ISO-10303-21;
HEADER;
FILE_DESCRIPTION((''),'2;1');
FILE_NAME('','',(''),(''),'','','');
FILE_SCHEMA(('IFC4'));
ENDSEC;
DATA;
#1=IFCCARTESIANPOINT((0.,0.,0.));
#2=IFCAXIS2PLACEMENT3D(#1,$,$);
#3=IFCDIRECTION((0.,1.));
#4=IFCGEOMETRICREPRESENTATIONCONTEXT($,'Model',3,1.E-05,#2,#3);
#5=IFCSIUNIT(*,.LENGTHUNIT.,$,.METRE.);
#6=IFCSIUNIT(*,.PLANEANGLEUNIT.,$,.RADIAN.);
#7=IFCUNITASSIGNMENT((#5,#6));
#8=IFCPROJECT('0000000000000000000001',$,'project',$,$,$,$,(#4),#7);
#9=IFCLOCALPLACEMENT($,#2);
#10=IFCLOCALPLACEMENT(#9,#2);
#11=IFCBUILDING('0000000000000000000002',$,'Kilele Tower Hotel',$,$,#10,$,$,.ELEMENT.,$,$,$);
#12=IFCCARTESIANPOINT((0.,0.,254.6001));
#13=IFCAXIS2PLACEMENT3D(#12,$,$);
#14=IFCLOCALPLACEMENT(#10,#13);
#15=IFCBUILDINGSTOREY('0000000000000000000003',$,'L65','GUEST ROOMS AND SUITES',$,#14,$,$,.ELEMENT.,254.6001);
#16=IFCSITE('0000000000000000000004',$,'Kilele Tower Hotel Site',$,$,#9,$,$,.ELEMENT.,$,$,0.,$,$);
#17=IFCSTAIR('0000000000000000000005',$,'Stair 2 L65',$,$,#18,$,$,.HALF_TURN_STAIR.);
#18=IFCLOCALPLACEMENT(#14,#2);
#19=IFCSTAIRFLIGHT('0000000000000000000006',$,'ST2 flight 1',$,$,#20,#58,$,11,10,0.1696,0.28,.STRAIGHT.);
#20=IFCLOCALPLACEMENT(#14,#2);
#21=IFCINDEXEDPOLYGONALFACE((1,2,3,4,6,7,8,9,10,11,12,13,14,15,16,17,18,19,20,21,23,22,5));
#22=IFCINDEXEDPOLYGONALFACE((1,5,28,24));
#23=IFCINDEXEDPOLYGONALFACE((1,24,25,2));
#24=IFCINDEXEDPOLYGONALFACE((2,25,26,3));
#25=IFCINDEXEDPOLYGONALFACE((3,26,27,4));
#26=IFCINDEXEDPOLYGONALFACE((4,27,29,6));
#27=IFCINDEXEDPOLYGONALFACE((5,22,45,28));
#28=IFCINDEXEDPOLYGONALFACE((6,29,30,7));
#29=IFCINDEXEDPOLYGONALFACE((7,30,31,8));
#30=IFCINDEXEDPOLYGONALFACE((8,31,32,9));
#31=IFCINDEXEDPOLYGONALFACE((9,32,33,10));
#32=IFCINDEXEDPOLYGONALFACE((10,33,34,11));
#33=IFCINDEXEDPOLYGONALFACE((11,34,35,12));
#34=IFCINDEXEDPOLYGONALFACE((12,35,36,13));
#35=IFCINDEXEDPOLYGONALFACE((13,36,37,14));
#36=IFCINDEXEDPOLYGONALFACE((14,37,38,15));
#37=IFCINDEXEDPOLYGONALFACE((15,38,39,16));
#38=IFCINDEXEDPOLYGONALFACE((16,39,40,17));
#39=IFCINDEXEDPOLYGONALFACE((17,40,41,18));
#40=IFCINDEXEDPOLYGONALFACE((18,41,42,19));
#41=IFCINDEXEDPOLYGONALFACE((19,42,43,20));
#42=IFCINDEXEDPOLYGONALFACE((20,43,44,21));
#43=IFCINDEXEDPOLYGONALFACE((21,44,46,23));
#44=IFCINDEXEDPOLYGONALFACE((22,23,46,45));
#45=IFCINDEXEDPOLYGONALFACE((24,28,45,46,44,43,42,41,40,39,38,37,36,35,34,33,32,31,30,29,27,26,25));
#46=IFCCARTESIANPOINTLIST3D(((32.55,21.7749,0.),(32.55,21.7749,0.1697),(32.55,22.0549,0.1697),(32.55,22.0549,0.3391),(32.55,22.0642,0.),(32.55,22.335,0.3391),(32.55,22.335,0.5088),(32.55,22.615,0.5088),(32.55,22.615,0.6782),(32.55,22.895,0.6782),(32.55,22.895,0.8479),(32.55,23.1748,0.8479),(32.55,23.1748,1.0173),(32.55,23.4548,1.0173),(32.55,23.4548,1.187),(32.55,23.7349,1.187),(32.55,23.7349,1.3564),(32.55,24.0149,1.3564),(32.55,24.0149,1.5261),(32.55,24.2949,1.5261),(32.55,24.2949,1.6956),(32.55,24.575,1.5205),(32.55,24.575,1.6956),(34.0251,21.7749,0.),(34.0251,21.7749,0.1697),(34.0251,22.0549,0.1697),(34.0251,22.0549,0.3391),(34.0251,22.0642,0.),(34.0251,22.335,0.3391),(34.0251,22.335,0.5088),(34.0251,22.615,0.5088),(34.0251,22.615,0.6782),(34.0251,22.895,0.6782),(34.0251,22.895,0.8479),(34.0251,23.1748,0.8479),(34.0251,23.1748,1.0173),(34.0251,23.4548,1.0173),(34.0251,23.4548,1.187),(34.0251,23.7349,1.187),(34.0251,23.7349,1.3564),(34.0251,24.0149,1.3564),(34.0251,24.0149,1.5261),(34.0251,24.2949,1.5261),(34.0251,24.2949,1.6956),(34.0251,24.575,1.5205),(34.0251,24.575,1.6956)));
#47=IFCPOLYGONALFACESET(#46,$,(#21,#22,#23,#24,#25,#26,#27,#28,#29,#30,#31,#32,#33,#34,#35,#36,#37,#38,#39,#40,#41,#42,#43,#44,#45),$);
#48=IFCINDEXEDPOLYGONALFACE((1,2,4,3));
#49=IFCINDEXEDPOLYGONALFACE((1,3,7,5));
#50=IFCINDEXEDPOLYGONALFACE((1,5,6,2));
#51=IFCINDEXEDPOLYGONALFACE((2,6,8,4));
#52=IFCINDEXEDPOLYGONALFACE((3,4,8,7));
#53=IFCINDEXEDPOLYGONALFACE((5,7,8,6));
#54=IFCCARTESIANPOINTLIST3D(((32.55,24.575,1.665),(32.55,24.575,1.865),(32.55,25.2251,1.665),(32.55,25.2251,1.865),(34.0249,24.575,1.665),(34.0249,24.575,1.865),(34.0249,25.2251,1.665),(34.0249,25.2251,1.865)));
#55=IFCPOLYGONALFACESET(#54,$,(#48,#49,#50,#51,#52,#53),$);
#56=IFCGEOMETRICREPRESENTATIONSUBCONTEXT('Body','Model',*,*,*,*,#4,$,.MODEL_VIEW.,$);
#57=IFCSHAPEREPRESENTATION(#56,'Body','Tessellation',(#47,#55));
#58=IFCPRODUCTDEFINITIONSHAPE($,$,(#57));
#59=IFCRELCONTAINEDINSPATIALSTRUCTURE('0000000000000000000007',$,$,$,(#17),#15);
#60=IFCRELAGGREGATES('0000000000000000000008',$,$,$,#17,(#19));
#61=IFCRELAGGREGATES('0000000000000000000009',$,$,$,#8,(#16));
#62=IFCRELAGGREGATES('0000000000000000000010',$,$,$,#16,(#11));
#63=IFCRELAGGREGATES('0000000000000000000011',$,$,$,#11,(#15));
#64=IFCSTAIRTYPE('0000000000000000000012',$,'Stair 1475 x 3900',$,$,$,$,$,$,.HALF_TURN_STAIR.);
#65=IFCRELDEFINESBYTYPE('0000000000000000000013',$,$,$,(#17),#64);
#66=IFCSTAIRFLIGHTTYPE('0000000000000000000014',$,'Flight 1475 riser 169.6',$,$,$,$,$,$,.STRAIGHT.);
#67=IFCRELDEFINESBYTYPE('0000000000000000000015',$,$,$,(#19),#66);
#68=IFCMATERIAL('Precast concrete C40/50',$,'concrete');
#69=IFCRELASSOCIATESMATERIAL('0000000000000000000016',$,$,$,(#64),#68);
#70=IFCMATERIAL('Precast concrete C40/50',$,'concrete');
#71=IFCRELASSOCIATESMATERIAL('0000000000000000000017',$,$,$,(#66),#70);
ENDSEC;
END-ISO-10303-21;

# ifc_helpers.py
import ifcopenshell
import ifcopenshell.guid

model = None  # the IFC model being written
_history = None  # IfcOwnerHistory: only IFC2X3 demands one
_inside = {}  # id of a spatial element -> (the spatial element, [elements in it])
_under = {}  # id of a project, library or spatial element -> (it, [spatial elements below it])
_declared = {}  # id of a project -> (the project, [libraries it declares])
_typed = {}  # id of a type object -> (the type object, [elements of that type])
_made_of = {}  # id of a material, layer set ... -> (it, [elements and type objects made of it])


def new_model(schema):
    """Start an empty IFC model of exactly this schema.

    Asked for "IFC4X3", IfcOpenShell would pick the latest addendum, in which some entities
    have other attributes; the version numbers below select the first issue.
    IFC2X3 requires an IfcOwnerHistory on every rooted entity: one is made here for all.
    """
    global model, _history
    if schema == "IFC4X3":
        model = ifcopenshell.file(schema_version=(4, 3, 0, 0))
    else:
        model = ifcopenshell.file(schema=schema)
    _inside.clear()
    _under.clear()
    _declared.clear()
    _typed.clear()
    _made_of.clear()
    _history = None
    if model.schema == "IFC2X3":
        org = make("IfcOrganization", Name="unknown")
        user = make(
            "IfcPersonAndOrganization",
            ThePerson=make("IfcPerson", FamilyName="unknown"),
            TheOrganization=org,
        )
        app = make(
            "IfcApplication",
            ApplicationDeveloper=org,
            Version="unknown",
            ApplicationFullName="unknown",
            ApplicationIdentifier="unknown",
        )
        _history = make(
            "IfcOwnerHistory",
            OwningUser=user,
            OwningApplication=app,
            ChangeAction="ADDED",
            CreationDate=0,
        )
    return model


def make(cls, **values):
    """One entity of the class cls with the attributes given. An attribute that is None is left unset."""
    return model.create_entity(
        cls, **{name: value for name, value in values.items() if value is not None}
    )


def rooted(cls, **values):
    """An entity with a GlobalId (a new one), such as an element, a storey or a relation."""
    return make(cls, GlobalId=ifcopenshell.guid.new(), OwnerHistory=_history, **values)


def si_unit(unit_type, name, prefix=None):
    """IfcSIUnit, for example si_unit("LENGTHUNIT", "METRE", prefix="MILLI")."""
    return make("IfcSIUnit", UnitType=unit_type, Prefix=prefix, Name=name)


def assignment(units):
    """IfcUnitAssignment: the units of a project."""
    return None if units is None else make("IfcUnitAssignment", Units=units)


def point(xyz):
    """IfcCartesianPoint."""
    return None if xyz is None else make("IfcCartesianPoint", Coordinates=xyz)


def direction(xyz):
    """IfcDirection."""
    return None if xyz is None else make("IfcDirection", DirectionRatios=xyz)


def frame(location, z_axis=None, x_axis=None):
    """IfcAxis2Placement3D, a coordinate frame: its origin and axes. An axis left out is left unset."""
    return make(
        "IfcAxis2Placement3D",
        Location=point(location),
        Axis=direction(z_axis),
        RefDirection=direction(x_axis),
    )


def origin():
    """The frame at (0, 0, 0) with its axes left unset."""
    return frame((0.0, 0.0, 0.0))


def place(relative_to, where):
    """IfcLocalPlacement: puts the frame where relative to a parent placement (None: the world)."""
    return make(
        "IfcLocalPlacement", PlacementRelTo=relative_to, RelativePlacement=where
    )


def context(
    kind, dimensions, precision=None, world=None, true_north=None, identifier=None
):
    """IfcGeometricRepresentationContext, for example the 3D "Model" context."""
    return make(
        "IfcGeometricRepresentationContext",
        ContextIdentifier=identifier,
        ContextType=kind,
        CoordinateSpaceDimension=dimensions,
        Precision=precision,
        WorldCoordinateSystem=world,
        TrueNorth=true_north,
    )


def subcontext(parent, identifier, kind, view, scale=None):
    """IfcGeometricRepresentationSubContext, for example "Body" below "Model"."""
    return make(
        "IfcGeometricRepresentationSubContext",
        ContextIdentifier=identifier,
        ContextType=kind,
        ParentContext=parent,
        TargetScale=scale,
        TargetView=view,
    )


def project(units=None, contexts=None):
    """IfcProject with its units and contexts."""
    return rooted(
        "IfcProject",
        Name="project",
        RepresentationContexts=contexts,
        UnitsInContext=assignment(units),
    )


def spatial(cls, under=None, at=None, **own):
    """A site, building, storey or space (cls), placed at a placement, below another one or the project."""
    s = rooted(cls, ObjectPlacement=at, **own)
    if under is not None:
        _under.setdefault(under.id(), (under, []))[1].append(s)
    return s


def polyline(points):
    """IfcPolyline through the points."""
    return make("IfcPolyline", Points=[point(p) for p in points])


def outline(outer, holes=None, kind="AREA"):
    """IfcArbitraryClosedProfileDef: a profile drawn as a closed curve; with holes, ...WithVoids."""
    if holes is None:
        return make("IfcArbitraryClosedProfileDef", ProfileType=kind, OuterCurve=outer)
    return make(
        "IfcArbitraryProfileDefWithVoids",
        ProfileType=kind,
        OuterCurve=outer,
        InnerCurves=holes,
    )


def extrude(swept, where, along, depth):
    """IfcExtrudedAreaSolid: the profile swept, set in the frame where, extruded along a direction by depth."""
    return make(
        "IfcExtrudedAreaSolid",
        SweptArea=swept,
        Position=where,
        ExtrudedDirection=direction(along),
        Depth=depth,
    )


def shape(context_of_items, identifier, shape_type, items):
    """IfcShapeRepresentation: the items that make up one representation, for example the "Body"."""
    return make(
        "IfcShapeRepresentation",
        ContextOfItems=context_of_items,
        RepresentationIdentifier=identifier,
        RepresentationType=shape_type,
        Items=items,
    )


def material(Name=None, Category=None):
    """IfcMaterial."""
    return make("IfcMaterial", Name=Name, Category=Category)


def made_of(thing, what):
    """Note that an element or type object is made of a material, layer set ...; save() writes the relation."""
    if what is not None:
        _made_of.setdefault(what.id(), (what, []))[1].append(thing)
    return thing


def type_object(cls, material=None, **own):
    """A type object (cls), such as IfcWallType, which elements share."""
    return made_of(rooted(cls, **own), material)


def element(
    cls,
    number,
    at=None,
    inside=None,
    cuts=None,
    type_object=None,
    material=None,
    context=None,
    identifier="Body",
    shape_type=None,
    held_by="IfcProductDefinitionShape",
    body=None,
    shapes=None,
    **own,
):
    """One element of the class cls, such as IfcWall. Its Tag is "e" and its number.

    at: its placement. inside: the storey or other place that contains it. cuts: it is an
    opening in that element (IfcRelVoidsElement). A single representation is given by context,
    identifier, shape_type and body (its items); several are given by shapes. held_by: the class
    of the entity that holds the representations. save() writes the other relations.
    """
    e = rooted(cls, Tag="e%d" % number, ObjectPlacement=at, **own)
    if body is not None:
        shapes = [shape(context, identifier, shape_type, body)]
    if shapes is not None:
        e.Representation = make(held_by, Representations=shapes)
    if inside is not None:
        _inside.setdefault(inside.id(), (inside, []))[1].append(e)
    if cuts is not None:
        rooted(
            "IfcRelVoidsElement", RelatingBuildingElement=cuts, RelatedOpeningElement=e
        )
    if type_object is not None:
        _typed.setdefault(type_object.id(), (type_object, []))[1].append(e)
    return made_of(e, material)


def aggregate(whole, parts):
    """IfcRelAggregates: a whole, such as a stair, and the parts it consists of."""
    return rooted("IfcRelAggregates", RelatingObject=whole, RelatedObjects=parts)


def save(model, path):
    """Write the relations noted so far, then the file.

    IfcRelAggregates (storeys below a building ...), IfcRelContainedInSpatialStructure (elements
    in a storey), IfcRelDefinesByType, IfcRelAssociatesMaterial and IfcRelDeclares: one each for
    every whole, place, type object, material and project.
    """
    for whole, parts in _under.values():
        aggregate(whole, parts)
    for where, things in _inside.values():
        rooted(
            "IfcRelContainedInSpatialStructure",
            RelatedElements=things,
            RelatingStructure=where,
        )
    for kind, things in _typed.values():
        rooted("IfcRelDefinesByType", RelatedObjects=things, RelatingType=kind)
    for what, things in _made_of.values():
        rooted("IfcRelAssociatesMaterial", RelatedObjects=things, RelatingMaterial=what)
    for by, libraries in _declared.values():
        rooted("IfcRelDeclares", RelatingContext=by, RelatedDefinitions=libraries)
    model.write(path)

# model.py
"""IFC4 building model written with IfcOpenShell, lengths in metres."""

from ifc_helpers import new_model, si_unit, direction, frame, origin, place, context, subcontext, project, spatial, polyline, outline, extrude, material, type_object, element, aggregate, save


model = new_model("IFC4")

# Units and contexts
model_context = context("Model", 3, precision=1e-05, world=origin(), true_north=direction((0.0, 1.0)))
body_context = subcontext(model_context, "Body", "Model", "MODEL_VIEW")
ifc_project = project(units=[si_unit("LENGTHUNIT", "METRE"), si_unit("PLANEANGLEUNIT", "RADIAN")], contexts=[model_context])

# Site, building, storey
site_placement = place(None, origin())
site = spatial("IfcSite", under=ifc_project, at=site_placement, Name="Kilele Tower Hotel Site", CompositionType="ELEMENT", RefElevation=0.0)
building_placement = place(site_placement, origin())
building = spatial("IfcBuilding", under=site, at=building_placement, Name="Kilele Tower Hotel", CompositionType="ELEMENT")
storey_placement = place(building_placement, frame((0.0, 0.0, 254.6001)))
storey = spatial("IfcBuildingStorey", under=building, at=storey_placement, Name="L65", Description="GUEST ROOMS AND SUITES", CompositionType="ELEMENT", Elevation=254.6001)

# Stair, stair flight
ifc_material_1 = material(Name="Precast concrete C40/50", Category="concrete")
stair_type = type_object("IfcStairType", Name="Stair 1475 x 3900", PredefinedType="HALF_TURN_STAIR", material=ifc_material_1)
stair_placement = place(storey_placement, origin())
stair = element("IfcStair", 1, at=stair_placement, inside=storey, type_object=stair_type, Name="Stair 2 L65", PredefinedType="HALF_TURN_STAIR")
ifc_material_2 = material(Name="Precast concrete C40/50", Category="concrete")
stair_flight_type = type_object("IfcStairFlightType", Name="Flight 1475 riser 169.6", PredefinedType="STRAIGHT", material=ifc_material_2)
stair_flight_placement = place(storey_placement, frame((33.2876, 21.7749, 0.0), z_axis=(0.0, 0.0, 1.0), x_axis=(0.0, 1.0, 0.0)))
stair_flight = element("IfcStairFlight", 2, at=stair_flight_placement, type_object=stair_flight_type, Name="ST2 flight 1", NumberOfRisers=11, NumberOfTreads=10, PredefinedType="STRAIGHT", RiserHeight=0.1696, TreadLength=0.28, context=body_context, shape_type="SweptSolid", body=[
    extrude(outline(polyline([(0.0, 0.0), (0.0, 0.1697), (0.28, 0.1697), (0.28, 0.3391), (0.5601, 0.3391), (0.5601, 0.5088), (0.8401, 0.5088), (0.8401, 0.6782), (1.1201, 0.6782), (1.1201, 0.8479), (1.3999, 0.8479), (1.3999, 1.0173), (1.6799, 1.0173), (1.6799, 1.187), (1.96, 1.187), (1.96, 1.3564), (2.24, 1.3564), (2.24, 1.5261), (2.52, 1.5261), (2.52, 1.6956), (2.8, 1.6956), (2.8, 1.8652), (2.8, 1.5205), (0.2893, 0.0), (0.0, 0.0)])), frame((0.0, 0.7375, 0.0), z_axis=(0.0, -1.0, 0.0), x_axis=(1.0, 0.0, 0.0)), (0.0, 0.0, 1.0), 1.4751),
    extrude(outline(polyline([(2.8, 0.7375), (2.8, -0.7373), (3.4502, -0.7373), (3.4502, 0.7375), (2.8, 0.7375)])), frame((0.0, 0.0, 1.665)), (0.0, 0.0, 1.0), 0.2),
])
aggregate(stair, [stair_flight])

save(model, "model.ifc")
